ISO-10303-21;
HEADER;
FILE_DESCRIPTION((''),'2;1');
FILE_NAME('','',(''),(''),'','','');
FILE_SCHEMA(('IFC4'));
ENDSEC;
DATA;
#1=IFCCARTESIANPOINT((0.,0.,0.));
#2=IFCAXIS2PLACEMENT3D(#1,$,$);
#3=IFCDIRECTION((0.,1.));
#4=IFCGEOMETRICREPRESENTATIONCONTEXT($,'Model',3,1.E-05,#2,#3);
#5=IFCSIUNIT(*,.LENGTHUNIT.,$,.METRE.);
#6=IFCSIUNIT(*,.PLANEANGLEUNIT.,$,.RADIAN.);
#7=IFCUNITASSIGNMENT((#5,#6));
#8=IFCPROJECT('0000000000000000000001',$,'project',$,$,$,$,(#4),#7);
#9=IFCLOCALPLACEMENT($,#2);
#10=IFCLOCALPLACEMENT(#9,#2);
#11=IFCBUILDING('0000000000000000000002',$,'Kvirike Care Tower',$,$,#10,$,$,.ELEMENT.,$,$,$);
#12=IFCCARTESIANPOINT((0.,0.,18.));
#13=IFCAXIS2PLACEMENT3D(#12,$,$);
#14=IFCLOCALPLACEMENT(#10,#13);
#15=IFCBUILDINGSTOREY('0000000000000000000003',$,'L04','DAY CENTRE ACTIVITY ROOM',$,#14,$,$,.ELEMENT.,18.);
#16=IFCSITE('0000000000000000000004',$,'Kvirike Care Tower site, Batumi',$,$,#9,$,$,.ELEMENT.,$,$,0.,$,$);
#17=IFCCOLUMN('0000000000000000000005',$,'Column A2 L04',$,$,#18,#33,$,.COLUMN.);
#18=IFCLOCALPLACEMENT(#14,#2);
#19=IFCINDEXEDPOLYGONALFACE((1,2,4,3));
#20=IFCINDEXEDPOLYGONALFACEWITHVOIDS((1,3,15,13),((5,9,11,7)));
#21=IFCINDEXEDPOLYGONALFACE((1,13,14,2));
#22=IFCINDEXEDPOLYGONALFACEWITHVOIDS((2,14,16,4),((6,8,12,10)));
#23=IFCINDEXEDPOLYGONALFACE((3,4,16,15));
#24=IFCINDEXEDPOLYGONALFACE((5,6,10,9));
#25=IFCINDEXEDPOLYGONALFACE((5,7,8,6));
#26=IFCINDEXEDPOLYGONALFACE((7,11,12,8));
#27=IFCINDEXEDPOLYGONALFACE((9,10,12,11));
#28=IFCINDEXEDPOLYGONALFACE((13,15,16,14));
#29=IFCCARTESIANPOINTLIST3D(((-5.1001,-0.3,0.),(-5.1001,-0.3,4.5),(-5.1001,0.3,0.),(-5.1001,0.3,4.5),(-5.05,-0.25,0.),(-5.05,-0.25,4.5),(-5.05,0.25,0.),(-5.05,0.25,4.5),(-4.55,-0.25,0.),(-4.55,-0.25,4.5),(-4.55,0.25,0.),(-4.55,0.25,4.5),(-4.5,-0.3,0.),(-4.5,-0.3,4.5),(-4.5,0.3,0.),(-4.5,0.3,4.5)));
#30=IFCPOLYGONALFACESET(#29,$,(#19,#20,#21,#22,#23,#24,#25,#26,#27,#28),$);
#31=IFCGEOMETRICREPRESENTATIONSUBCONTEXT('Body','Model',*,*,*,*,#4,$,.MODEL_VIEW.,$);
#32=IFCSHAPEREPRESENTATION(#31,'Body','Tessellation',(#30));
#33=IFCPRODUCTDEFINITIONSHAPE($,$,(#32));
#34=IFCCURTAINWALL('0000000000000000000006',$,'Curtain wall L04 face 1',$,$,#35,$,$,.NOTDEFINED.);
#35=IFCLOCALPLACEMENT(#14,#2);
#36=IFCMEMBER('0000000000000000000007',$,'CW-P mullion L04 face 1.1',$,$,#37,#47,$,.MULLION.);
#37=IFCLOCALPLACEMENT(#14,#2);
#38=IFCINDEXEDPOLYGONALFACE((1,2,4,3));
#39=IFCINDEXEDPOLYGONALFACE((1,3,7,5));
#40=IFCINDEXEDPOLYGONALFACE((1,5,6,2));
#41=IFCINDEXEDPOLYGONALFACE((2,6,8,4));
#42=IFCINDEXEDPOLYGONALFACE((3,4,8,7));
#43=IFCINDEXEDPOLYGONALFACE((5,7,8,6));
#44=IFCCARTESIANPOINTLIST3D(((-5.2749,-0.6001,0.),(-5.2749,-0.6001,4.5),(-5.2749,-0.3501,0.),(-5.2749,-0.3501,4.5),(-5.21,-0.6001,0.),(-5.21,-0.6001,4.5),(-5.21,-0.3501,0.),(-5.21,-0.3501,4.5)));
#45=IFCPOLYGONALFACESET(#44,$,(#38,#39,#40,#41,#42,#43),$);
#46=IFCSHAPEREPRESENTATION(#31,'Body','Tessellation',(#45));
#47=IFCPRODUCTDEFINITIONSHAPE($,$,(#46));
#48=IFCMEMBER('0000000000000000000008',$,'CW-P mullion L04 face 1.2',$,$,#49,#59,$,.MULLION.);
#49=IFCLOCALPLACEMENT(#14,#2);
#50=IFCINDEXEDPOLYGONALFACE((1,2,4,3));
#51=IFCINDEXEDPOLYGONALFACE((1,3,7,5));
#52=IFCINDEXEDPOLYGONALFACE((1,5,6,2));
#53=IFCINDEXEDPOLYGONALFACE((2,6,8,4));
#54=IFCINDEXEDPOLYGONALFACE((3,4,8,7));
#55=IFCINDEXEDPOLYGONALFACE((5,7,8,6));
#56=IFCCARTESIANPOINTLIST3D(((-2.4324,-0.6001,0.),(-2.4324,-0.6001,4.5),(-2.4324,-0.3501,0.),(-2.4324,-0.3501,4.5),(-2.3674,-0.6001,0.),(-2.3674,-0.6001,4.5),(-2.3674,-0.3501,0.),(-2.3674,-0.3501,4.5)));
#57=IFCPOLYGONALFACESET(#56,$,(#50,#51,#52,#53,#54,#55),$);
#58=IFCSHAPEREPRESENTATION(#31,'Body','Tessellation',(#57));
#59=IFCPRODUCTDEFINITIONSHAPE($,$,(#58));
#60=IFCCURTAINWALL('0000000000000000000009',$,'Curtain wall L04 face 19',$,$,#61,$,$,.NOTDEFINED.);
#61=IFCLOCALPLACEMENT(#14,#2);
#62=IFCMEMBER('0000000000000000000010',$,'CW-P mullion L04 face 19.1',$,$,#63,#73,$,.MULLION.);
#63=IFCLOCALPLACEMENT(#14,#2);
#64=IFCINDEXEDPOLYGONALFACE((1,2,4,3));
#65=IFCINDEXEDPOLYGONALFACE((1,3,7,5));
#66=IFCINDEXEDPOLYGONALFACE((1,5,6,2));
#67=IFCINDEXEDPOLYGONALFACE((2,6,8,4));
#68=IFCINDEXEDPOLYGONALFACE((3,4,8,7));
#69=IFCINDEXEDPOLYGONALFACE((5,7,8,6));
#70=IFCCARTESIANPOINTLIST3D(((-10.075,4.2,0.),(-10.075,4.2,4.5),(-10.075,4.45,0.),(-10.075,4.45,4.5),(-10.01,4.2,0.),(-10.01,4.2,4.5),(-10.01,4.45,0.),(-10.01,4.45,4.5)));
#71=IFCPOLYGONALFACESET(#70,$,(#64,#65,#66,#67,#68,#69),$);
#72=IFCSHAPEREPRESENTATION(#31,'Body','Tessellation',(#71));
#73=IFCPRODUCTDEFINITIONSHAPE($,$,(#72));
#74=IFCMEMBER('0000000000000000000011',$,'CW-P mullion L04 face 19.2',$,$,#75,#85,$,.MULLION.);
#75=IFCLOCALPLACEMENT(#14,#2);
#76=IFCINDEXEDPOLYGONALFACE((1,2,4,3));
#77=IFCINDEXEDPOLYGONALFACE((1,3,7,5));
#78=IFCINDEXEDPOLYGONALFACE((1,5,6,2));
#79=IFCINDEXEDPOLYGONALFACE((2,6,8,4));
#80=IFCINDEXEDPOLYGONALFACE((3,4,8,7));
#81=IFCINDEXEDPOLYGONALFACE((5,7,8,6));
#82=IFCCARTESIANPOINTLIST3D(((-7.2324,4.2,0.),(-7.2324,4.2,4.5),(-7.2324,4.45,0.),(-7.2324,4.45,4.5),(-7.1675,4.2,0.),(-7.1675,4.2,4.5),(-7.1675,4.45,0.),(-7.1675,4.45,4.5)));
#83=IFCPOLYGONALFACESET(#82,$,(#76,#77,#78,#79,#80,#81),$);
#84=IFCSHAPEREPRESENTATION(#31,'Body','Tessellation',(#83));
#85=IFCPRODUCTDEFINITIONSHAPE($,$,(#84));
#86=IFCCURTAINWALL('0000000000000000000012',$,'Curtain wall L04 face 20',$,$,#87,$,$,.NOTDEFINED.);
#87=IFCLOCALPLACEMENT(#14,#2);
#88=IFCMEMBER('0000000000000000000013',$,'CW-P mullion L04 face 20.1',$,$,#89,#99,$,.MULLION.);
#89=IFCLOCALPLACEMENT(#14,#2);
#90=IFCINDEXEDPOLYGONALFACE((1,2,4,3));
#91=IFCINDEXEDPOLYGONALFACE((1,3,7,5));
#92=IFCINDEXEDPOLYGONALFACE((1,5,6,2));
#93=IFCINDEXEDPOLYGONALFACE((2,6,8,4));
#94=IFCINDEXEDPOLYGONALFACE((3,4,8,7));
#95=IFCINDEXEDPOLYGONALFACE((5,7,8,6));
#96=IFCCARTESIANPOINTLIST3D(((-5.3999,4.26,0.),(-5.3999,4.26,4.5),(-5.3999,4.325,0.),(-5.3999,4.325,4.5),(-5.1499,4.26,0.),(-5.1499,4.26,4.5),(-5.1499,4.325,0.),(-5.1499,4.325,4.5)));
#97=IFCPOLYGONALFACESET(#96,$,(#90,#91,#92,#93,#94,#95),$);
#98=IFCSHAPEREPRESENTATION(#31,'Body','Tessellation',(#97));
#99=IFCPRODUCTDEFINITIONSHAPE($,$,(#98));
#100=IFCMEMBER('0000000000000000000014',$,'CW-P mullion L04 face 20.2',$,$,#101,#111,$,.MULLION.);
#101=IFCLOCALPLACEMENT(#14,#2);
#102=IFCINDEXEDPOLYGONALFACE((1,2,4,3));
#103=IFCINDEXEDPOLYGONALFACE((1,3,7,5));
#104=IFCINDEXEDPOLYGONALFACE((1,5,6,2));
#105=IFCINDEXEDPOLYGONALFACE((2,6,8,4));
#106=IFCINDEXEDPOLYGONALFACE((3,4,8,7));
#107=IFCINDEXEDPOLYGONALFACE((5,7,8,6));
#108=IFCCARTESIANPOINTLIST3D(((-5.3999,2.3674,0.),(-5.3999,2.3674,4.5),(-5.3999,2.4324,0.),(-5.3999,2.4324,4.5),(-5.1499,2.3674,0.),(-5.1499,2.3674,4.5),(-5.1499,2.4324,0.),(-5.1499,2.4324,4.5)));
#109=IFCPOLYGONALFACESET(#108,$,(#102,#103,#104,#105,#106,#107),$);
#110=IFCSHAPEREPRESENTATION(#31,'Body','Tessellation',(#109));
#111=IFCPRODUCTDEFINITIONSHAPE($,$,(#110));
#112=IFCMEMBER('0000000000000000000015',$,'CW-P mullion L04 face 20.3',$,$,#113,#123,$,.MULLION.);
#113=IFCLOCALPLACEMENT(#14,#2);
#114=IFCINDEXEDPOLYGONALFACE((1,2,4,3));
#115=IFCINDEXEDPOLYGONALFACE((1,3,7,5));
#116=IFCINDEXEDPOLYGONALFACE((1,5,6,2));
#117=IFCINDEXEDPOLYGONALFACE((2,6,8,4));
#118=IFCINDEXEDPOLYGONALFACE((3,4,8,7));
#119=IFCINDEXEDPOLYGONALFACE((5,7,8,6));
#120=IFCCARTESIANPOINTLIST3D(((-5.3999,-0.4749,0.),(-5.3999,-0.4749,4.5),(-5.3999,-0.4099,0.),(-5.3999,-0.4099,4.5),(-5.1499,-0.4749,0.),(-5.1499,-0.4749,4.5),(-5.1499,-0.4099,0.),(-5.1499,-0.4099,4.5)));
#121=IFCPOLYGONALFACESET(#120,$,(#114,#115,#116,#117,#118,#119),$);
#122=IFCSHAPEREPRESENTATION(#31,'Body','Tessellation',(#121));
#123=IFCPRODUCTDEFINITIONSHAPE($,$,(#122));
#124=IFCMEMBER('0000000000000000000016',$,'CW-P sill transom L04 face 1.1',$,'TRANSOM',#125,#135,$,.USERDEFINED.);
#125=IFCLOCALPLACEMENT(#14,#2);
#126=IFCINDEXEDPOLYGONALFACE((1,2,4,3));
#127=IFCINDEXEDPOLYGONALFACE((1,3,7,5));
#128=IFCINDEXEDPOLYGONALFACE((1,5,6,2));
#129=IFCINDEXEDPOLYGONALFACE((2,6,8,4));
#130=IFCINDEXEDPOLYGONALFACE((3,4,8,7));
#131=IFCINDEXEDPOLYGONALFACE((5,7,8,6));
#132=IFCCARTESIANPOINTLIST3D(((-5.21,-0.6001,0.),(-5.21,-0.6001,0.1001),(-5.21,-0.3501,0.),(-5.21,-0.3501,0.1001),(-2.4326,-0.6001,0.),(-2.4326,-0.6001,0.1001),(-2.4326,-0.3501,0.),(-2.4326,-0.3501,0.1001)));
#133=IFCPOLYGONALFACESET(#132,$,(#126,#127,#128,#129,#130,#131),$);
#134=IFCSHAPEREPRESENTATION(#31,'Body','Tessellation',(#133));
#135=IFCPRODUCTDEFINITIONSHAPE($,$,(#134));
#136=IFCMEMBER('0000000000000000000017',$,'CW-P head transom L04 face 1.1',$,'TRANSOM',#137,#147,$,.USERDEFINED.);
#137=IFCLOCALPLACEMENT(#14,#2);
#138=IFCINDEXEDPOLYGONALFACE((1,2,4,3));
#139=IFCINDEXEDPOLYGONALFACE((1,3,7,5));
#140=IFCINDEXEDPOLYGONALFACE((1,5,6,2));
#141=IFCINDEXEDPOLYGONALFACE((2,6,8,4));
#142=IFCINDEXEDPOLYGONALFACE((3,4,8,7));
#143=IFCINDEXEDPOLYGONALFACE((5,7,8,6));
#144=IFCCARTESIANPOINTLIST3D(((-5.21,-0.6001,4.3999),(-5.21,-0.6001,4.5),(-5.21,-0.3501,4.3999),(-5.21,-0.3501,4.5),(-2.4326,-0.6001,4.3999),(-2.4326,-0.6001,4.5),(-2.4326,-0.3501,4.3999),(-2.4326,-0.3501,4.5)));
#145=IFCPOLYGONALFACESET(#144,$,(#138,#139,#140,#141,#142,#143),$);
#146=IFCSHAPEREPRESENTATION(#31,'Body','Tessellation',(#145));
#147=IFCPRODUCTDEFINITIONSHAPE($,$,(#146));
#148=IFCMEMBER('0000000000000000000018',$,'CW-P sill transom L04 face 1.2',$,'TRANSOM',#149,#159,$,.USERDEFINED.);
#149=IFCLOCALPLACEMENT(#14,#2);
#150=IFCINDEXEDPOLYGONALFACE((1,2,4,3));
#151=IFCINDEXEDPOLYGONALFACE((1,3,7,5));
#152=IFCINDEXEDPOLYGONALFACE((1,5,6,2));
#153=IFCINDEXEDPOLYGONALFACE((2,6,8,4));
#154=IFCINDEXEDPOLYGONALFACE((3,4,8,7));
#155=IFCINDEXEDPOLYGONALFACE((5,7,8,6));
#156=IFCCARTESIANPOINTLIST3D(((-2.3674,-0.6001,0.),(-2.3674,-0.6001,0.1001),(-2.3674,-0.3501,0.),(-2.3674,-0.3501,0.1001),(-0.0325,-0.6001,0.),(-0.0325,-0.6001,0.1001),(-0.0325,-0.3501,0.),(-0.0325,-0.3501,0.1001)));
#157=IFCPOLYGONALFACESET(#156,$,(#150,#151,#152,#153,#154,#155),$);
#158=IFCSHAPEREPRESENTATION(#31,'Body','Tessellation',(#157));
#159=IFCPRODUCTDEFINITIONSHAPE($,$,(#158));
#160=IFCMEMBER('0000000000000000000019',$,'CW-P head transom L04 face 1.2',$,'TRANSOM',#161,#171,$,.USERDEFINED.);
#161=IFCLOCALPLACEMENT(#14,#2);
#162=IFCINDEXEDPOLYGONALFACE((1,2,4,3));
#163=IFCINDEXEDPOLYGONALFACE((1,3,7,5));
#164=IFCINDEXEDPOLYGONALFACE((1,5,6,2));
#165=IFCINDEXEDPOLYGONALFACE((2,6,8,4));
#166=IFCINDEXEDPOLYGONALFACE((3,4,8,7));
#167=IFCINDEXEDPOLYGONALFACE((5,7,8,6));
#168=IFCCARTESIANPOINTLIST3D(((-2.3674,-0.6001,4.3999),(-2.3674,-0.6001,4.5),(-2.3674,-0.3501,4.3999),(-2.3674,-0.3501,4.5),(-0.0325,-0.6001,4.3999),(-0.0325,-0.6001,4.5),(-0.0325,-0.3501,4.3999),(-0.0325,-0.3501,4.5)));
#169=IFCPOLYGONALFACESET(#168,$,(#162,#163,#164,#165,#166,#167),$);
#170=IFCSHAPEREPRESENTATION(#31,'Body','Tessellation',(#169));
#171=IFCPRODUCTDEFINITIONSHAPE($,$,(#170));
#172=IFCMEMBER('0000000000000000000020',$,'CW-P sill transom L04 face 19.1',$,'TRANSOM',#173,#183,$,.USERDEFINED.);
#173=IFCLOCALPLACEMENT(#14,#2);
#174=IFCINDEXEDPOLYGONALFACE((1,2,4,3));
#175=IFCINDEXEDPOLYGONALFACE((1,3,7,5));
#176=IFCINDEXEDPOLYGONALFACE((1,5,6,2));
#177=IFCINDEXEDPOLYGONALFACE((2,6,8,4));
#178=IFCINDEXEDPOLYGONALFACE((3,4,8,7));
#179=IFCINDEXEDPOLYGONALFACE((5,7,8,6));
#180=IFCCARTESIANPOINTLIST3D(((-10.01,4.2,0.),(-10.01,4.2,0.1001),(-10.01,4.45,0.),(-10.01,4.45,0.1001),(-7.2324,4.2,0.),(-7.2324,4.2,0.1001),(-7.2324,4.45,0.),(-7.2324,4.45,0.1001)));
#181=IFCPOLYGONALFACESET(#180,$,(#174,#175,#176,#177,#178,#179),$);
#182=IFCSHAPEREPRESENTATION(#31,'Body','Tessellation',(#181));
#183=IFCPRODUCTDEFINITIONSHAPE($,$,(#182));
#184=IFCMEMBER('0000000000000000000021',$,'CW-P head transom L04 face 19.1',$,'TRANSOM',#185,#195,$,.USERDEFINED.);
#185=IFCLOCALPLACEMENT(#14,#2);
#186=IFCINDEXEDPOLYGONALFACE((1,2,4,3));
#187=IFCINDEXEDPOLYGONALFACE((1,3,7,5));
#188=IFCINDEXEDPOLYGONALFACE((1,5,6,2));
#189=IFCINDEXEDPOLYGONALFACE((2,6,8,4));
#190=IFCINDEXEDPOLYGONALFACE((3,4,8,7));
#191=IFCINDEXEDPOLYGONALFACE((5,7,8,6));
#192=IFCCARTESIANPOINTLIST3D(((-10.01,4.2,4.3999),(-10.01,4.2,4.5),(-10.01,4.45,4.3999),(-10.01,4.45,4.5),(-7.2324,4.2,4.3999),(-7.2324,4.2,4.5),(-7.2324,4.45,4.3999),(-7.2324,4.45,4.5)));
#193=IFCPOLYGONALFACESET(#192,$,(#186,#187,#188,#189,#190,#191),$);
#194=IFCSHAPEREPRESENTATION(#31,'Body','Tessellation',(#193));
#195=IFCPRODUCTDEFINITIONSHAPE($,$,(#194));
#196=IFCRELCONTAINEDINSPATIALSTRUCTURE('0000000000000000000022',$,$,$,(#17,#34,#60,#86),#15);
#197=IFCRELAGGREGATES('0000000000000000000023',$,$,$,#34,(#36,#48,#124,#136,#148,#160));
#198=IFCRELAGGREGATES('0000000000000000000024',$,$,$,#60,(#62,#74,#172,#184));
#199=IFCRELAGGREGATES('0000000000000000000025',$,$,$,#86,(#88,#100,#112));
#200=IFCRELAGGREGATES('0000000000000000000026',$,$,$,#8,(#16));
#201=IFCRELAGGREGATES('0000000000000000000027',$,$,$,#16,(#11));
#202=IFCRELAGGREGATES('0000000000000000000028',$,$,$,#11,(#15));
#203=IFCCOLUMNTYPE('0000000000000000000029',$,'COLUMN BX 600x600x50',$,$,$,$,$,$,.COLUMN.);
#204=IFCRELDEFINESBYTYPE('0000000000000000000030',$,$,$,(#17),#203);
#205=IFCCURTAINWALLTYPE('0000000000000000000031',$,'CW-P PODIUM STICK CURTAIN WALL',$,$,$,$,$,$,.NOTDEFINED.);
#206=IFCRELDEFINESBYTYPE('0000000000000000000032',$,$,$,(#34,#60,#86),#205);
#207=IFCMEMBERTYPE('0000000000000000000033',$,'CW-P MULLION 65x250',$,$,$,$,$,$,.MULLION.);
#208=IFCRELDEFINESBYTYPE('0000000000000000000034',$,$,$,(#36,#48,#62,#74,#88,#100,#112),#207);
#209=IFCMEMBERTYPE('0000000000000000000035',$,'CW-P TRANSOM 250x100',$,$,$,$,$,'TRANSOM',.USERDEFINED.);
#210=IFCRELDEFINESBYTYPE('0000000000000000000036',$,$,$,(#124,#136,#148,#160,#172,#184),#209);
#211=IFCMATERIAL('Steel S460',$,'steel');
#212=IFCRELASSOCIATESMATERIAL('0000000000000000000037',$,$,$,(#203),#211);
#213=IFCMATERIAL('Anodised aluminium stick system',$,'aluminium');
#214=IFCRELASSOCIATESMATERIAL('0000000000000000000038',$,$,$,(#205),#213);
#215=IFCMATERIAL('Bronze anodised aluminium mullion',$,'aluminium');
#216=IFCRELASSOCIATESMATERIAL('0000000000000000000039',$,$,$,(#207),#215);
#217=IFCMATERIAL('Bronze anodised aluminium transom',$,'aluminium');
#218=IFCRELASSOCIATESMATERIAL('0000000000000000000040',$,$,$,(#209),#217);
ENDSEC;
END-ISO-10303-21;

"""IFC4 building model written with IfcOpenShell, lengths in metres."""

from ifc_helpers import new_model, si_unit, direction, frame, origin, origin_2d, place, context, subcontext, project, spatial, rectangle, hollow_rectangle, extrude, material, material_profile, profile_set, type_object, element, aggregate, save


model = new_model("IFC4")

# Units and contexts
model_context = context("Model", 3, precision=1e-05, world=origin(), true_north=direction((0.0, 1.0)))
body_context = subcontext(model_context, "Body", "Model", "MODEL_VIEW")
ifc_project = project(units=[si_unit("LENGTHUNIT", "METRE"), si_unit("PLANEANGLEUNIT", "RADIAN")], contexts=[model_context])

# Site, building, storey
site_placement = place(None, origin())
site = spatial("IfcSite", under=ifc_project, at=site_placement, Name="Kvirike Care Tower site, Batumi", CompositionType="ELEMENT", RefElevation=0.0)
building_placement = place(site_placement, origin())
building = spatial("IfcBuilding", under=site, at=building_placement, Name="Kvirike Care Tower", CompositionType="ELEMENT")
storey_placement = place(building_placement, frame((0.0, 0.0, 18.0)))
storey = spatial("IfcBuildingStorey", under=building, at=storey_placement, Name="L04", Description="DAY CENTRE ACTIVITY ROOM", CompositionType="ELEMENT", Elevation=18.0)

# Column
ifc_material_1 = material(Name="Steel S460", Category="steel")
ifc_material_profile_1 = material_profile(ifc_material_1, hollow_rectangle(XDim=0.6001, YDim=0.6001, WallThickness=0.05, at=origin_2d()), Name="BX 600x600x50")
ifc_profile_set_1 = profile_set([ifc_material_profile_1], Name="Steel S460")
column_type = type_object("IfcColumnType", Name="COLUMN BX 600x600x50", PredefinedType="COLUMN", material=ifc_profile_set_1)
column_placement = place(storey_placement, frame((-4.8, 0.0, 0.0), z_axis=(0.0, 0.0, 1.0), x_axis=(0.0, 1.0, 0.0)))
element("IfcColumn", 1, at=column_placement, inside=storey, type_object=column_type, Name="Column A2 L04", PredefinedType="COLUMN", context=body_context, shape_type="SweptSolid", body=[
    extrude(hollow_rectangle(XDim=0.6001, YDim=0.6001, WallThickness=0.05, at=origin_2d()), origin(), (0.0, 0.0, 1.0), 4.5),
])

# Curtain walls, members
ifc_material_2 = material(Name="Anodised aluminium stick system", Category="aluminium")
curtain_wall_type = type_object("IfcCurtainWallType", Name="CW-P PODIUM STICK CURTAIN WALL", PredefinedType="NOTDEFINED", material=ifc_material_2)
curtain_wall_1_placement = place(storey_placement, origin())
curtain_wall_1 = element("IfcCurtainWall", 2, at=curtain_wall_1_placement, inside=storey, type_object=curtain_wall_type, Name="Curtain wall L04 face 1", PredefinedType="NOTDEFINED")
ifc_material_3 = material(Name="Bronze anodised aluminium mullion", Category="aluminium")
ifc_material_profile_2 = material_profile(ifc_material_3, rectangle(XDim=0.0649, YDim=0.25, at=origin_2d()), Name="CW-P MULLION 65x250")
ifc_profile_set_2 = profile_set([ifc_material_profile_2], Name="Bronze anodised aluminium mullion")
member_type_1 = type_object("IfcMemberType", Name="CW-P MULLION 65x250", PredefinedType="MULLION", material=ifc_profile_set_2)
member_1_placement = place(storey_placement, frame((-5.2424, -0.4751, 0.0), z_axis=(0.0, 0.0, 1.0), x_axis=(1.0, 0.0, 0.0)))
member_1 = element("IfcMember", 3, at=member_1_placement, type_object=member_type_1, Name="CW-P mullion L04 face 1.1", PredefinedType="MULLION", context=body_context, shape_type="SweptSolid", body=[
    extrude(rectangle(XDim=0.0649, YDim=0.25, at=origin_2d()), origin(), (0.0, 0.0, 1.0), 4.5),
])
member_2_placement = place(storey_placement, frame((-2.3999, -0.4751, 0.0), z_axis=(0.0, 0.0, 1.0), x_axis=(1.0, 0.0, 0.0)))
member_2 = element("IfcMember", 4, at=member_2_placement, type_object=member_type_1, Name="CW-P mullion L04 face 1.2", PredefinedType="MULLION", context=body_context, shape_type="SweptSolid", body=[
    extrude(rectangle(XDim=0.0649, YDim=0.25, at=origin_2d()), origin(), (0.0, 0.0, 1.0), 4.5),
])
curtain_wall_2_placement = place(storey_placement, origin())
curtain_wall_2 = element("IfcCurtainWall", 5, at=curtain_wall_2_placement, inside=storey, type_object=curtain_wall_type, Name="Curtain wall L04 face 19", PredefinedType="NOTDEFINED")
member_3_placement = place(storey_placement, frame((-10.0425, 4.325, 0.0), z_axis=(0.0, 0.0, 1.0), x_axis=(1.0, 0.0, 0.0)))
member_3 = element("IfcMember", 6, at=member_3_placement, type_object=member_type_1, Name="CW-P mullion L04 face 19.1", PredefinedType="MULLION", context=body_context, shape_type="SweptSolid", body=[
    extrude(rectangle(XDim=0.0649, YDim=0.25, at=origin_2d()), origin(), (0.0, 0.0, 1.0), 4.5),
])
member_4_placement = place(storey_placement, frame((-7.2, 4.325, 0.0), z_axis=(0.0, 0.0, 1.0), x_axis=(1.0, 0.0, 0.0)))
member_4 = element("IfcMember", 7, at=member_4_placement, type_object=member_type_1, Name="CW-P mullion L04 face 19.2", PredefinedType="MULLION", context=body_context, shape_type="SweptSolid", body=[
    extrude(rectangle(XDim=0.0649, YDim=0.25, at=origin_2d()), origin(), (0.0, 0.0, 1.0), 4.5),
])
curtain_wall_3_placement = place(storey_placement, origin())
curtain_wall_3 = element("IfcCurtainWall", 8, at=curtain_wall_3_placement, inside=storey, type_object=curtain_wall_type, Name="Curtain wall L04 face 20", PredefinedType="NOTDEFINED")
member_5_placement = place(storey_placement, frame((-5.2749, 4.2925, 0.0), z_axis=(0.0, 0.0, 1.0), x_axis=(0.0, -1.0, 0.0)))
member_5 = element("IfcMember", 9, at=member_5_placement, type_object=member_type_1, Name="CW-P mullion L04 face 20.1", PredefinedType="MULLION", context=body_context, shape_type="SweptSolid", body=[
    extrude(rectangle(XDim=0.0649, YDim=0.25, at=origin_2d()), origin(), (0.0, 0.0, 1.0), 4.5),
])
member_6_placement = place(storey_placement, frame((-5.2749, 2.3999, 0.0), z_axis=(0.0, 0.0, 1.0), x_axis=(0.0, -1.0, 0.0)))
member_6 = element("IfcMember", 10, at=member_6_placement, type_object=member_type_1, Name="CW-P mullion L04 face 20.2", PredefinedType="MULLION", context=body_context, shape_type="SweptSolid", body=[
    extrude(rectangle(XDim=0.0649, YDim=0.25, at=origin_2d()), origin(), (0.0, 0.0, 1.0), 4.5),
])
member_7_placement = place(storey_placement, frame((-5.2749, -0.4424, 0.0), z_axis=(0.0, 0.0, 1.0), x_axis=(0.0, -1.0, 0.0)))
member_7 = element("IfcMember", 11, at=member_7_placement, type_object=member_type_1, Name="CW-P mullion L04 face 20.3", PredefinedType="MULLION", context=body_context, shape_type="SweptSolid", body=[
    extrude(rectangle(XDim=0.0649, YDim=0.25, at=origin_2d()), origin(), (0.0, 0.0, 1.0), 4.5),
])

# Members
ifc_material_4 = material(Name="Bronze anodised aluminium transom", Category="aluminium")
ifc_material_profile_3 = material_profile(ifc_material_4, rectangle(XDim=0.25, YDim=0.1001, at=origin_2d()), Name="CW-P TRANSOM 250x100")
ifc_profile_set_3 = profile_set([ifc_material_profile_3], Name="Bronze anodised aluminium transom")
member_type_2 = type_object("IfcMemberType", Name="CW-P TRANSOM 250x100", ElementType="TRANSOM", PredefinedType="USERDEFINED", material=ifc_profile_set_3)
member_8_placement = place(storey_placement, frame((-5.21, -0.4751, 0.05), z_axis=(1.0, 0.0, 0.0), x_axis=(0.0, 1.0, 0.0)))
member_8 = element("IfcMember", 12, at=member_8_placement, type_object=member_type_2, Name="CW-P sill transom L04 face 1.1", ObjectType="TRANSOM", PredefinedType="USERDEFINED", context=body_context, shape_type="SweptSolid", body=[
    extrude(rectangle(XDim=0.25, YDim=0.1001, at=origin_2d()), origin(), (0.0, 0.0, 1.0), 2.7773),
])
member_9_placement = place(storey_placement, frame((-5.21, -0.4751, 4.45), z_axis=(1.0, 0.0, 0.0), x_axis=(0.0, 1.0, 0.0)))
member_9 = element("IfcMember", 13, at=member_9_placement, type_object=member_type_2, Name="CW-P head transom L04 face 1.1", ObjectType="TRANSOM", PredefinedType="USERDEFINED", context=body_context, shape_type="SweptSolid", body=[
    extrude(rectangle(XDim=0.25, YDim=0.1001, at=origin_2d()), origin(), (0.0, 0.0, 1.0), 2.7773),
])
member_10_placement = place(storey_placement, frame((-2.3674, -0.4751, 0.05), z_axis=(1.0, 0.0, 0.0), x_axis=(0.0, 1.0, 0.0)))
member_10 = element("IfcMember", 14, at=member_10_placement, type_object=member_type_2, Name="CW-P sill transom L04 face 1.2", ObjectType="TRANSOM", PredefinedType="USERDEFINED", context=body_context, shape_type="SweptSolid", body=[
    extrude(rectangle(XDim=0.25, YDim=0.1001, at=origin_2d()), origin(), (0.0, 0.0, 1.0), 2.335),
])
member_11_placement = place(storey_placement, frame((-2.3674, -0.4751, 4.45), z_axis=(1.0, 0.0, 0.0), x_axis=(0.0, 1.0, 0.0)))
member_11 = element("IfcMember", 15, at=member_11_placement, type_object=member_type_2, Name="CW-P head transom L04 face 1.2", ObjectType="TRANSOM", PredefinedType="USERDEFINED", context=body_context, shape_type="SweptSolid", body=[
    extrude(rectangle(XDim=0.25, YDim=0.1001, at=origin_2d()), origin(), (0.0, 0.0, 1.0), 2.335),
])
member_12_placement = place(storey_placement, frame((-10.01, 4.325, 0.05), z_axis=(1.0, 0.0, 0.0), x_axis=(0.0, 1.0, 0.0)))
member_12 = element("IfcMember", 16, at=member_12_placement, type_object=member_type_2, Name="CW-P sill transom L04 face 19.1", ObjectType="TRANSOM", PredefinedType="USERDEFINED", context=body_context, shape_type="SweptSolid", body=[
    extrude(rectangle(XDim=0.25, YDim=0.1001, at=origin_2d()), origin(), (0.0, 0.0, 1.0), 2.7776),
])
member_13_placement = place(storey_placement, frame((-10.01, 4.325, 4.45), z_axis=(1.0, 0.0, 0.0), x_axis=(0.0, 1.0, 0.0)))
member_13 = element("IfcMember", 17, at=member_13_placement, type_object=member_type_2, Name="CW-P head transom L04 face 19.1", ObjectType="TRANSOM", PredefinedType="USERDEFINED", context=body_context, shape_type="SweptSolid", body=[
    extrude(rectangle(XDim=0.25, YDim=0.1001, at=origin_2d()), origin(), (0.0, 0.0, 1.0), 2.7776),
])

aggregate(curtain_wall_1, [member_1, member_2, member_8, member_9, member_10, member_11])
aggregate(curtain_wall_2, [member_3, member_4, member_12, member_13])
aggregate(curtain_wall_3, [member_5, member_6, member_7])

save(model, "model.ifc")
